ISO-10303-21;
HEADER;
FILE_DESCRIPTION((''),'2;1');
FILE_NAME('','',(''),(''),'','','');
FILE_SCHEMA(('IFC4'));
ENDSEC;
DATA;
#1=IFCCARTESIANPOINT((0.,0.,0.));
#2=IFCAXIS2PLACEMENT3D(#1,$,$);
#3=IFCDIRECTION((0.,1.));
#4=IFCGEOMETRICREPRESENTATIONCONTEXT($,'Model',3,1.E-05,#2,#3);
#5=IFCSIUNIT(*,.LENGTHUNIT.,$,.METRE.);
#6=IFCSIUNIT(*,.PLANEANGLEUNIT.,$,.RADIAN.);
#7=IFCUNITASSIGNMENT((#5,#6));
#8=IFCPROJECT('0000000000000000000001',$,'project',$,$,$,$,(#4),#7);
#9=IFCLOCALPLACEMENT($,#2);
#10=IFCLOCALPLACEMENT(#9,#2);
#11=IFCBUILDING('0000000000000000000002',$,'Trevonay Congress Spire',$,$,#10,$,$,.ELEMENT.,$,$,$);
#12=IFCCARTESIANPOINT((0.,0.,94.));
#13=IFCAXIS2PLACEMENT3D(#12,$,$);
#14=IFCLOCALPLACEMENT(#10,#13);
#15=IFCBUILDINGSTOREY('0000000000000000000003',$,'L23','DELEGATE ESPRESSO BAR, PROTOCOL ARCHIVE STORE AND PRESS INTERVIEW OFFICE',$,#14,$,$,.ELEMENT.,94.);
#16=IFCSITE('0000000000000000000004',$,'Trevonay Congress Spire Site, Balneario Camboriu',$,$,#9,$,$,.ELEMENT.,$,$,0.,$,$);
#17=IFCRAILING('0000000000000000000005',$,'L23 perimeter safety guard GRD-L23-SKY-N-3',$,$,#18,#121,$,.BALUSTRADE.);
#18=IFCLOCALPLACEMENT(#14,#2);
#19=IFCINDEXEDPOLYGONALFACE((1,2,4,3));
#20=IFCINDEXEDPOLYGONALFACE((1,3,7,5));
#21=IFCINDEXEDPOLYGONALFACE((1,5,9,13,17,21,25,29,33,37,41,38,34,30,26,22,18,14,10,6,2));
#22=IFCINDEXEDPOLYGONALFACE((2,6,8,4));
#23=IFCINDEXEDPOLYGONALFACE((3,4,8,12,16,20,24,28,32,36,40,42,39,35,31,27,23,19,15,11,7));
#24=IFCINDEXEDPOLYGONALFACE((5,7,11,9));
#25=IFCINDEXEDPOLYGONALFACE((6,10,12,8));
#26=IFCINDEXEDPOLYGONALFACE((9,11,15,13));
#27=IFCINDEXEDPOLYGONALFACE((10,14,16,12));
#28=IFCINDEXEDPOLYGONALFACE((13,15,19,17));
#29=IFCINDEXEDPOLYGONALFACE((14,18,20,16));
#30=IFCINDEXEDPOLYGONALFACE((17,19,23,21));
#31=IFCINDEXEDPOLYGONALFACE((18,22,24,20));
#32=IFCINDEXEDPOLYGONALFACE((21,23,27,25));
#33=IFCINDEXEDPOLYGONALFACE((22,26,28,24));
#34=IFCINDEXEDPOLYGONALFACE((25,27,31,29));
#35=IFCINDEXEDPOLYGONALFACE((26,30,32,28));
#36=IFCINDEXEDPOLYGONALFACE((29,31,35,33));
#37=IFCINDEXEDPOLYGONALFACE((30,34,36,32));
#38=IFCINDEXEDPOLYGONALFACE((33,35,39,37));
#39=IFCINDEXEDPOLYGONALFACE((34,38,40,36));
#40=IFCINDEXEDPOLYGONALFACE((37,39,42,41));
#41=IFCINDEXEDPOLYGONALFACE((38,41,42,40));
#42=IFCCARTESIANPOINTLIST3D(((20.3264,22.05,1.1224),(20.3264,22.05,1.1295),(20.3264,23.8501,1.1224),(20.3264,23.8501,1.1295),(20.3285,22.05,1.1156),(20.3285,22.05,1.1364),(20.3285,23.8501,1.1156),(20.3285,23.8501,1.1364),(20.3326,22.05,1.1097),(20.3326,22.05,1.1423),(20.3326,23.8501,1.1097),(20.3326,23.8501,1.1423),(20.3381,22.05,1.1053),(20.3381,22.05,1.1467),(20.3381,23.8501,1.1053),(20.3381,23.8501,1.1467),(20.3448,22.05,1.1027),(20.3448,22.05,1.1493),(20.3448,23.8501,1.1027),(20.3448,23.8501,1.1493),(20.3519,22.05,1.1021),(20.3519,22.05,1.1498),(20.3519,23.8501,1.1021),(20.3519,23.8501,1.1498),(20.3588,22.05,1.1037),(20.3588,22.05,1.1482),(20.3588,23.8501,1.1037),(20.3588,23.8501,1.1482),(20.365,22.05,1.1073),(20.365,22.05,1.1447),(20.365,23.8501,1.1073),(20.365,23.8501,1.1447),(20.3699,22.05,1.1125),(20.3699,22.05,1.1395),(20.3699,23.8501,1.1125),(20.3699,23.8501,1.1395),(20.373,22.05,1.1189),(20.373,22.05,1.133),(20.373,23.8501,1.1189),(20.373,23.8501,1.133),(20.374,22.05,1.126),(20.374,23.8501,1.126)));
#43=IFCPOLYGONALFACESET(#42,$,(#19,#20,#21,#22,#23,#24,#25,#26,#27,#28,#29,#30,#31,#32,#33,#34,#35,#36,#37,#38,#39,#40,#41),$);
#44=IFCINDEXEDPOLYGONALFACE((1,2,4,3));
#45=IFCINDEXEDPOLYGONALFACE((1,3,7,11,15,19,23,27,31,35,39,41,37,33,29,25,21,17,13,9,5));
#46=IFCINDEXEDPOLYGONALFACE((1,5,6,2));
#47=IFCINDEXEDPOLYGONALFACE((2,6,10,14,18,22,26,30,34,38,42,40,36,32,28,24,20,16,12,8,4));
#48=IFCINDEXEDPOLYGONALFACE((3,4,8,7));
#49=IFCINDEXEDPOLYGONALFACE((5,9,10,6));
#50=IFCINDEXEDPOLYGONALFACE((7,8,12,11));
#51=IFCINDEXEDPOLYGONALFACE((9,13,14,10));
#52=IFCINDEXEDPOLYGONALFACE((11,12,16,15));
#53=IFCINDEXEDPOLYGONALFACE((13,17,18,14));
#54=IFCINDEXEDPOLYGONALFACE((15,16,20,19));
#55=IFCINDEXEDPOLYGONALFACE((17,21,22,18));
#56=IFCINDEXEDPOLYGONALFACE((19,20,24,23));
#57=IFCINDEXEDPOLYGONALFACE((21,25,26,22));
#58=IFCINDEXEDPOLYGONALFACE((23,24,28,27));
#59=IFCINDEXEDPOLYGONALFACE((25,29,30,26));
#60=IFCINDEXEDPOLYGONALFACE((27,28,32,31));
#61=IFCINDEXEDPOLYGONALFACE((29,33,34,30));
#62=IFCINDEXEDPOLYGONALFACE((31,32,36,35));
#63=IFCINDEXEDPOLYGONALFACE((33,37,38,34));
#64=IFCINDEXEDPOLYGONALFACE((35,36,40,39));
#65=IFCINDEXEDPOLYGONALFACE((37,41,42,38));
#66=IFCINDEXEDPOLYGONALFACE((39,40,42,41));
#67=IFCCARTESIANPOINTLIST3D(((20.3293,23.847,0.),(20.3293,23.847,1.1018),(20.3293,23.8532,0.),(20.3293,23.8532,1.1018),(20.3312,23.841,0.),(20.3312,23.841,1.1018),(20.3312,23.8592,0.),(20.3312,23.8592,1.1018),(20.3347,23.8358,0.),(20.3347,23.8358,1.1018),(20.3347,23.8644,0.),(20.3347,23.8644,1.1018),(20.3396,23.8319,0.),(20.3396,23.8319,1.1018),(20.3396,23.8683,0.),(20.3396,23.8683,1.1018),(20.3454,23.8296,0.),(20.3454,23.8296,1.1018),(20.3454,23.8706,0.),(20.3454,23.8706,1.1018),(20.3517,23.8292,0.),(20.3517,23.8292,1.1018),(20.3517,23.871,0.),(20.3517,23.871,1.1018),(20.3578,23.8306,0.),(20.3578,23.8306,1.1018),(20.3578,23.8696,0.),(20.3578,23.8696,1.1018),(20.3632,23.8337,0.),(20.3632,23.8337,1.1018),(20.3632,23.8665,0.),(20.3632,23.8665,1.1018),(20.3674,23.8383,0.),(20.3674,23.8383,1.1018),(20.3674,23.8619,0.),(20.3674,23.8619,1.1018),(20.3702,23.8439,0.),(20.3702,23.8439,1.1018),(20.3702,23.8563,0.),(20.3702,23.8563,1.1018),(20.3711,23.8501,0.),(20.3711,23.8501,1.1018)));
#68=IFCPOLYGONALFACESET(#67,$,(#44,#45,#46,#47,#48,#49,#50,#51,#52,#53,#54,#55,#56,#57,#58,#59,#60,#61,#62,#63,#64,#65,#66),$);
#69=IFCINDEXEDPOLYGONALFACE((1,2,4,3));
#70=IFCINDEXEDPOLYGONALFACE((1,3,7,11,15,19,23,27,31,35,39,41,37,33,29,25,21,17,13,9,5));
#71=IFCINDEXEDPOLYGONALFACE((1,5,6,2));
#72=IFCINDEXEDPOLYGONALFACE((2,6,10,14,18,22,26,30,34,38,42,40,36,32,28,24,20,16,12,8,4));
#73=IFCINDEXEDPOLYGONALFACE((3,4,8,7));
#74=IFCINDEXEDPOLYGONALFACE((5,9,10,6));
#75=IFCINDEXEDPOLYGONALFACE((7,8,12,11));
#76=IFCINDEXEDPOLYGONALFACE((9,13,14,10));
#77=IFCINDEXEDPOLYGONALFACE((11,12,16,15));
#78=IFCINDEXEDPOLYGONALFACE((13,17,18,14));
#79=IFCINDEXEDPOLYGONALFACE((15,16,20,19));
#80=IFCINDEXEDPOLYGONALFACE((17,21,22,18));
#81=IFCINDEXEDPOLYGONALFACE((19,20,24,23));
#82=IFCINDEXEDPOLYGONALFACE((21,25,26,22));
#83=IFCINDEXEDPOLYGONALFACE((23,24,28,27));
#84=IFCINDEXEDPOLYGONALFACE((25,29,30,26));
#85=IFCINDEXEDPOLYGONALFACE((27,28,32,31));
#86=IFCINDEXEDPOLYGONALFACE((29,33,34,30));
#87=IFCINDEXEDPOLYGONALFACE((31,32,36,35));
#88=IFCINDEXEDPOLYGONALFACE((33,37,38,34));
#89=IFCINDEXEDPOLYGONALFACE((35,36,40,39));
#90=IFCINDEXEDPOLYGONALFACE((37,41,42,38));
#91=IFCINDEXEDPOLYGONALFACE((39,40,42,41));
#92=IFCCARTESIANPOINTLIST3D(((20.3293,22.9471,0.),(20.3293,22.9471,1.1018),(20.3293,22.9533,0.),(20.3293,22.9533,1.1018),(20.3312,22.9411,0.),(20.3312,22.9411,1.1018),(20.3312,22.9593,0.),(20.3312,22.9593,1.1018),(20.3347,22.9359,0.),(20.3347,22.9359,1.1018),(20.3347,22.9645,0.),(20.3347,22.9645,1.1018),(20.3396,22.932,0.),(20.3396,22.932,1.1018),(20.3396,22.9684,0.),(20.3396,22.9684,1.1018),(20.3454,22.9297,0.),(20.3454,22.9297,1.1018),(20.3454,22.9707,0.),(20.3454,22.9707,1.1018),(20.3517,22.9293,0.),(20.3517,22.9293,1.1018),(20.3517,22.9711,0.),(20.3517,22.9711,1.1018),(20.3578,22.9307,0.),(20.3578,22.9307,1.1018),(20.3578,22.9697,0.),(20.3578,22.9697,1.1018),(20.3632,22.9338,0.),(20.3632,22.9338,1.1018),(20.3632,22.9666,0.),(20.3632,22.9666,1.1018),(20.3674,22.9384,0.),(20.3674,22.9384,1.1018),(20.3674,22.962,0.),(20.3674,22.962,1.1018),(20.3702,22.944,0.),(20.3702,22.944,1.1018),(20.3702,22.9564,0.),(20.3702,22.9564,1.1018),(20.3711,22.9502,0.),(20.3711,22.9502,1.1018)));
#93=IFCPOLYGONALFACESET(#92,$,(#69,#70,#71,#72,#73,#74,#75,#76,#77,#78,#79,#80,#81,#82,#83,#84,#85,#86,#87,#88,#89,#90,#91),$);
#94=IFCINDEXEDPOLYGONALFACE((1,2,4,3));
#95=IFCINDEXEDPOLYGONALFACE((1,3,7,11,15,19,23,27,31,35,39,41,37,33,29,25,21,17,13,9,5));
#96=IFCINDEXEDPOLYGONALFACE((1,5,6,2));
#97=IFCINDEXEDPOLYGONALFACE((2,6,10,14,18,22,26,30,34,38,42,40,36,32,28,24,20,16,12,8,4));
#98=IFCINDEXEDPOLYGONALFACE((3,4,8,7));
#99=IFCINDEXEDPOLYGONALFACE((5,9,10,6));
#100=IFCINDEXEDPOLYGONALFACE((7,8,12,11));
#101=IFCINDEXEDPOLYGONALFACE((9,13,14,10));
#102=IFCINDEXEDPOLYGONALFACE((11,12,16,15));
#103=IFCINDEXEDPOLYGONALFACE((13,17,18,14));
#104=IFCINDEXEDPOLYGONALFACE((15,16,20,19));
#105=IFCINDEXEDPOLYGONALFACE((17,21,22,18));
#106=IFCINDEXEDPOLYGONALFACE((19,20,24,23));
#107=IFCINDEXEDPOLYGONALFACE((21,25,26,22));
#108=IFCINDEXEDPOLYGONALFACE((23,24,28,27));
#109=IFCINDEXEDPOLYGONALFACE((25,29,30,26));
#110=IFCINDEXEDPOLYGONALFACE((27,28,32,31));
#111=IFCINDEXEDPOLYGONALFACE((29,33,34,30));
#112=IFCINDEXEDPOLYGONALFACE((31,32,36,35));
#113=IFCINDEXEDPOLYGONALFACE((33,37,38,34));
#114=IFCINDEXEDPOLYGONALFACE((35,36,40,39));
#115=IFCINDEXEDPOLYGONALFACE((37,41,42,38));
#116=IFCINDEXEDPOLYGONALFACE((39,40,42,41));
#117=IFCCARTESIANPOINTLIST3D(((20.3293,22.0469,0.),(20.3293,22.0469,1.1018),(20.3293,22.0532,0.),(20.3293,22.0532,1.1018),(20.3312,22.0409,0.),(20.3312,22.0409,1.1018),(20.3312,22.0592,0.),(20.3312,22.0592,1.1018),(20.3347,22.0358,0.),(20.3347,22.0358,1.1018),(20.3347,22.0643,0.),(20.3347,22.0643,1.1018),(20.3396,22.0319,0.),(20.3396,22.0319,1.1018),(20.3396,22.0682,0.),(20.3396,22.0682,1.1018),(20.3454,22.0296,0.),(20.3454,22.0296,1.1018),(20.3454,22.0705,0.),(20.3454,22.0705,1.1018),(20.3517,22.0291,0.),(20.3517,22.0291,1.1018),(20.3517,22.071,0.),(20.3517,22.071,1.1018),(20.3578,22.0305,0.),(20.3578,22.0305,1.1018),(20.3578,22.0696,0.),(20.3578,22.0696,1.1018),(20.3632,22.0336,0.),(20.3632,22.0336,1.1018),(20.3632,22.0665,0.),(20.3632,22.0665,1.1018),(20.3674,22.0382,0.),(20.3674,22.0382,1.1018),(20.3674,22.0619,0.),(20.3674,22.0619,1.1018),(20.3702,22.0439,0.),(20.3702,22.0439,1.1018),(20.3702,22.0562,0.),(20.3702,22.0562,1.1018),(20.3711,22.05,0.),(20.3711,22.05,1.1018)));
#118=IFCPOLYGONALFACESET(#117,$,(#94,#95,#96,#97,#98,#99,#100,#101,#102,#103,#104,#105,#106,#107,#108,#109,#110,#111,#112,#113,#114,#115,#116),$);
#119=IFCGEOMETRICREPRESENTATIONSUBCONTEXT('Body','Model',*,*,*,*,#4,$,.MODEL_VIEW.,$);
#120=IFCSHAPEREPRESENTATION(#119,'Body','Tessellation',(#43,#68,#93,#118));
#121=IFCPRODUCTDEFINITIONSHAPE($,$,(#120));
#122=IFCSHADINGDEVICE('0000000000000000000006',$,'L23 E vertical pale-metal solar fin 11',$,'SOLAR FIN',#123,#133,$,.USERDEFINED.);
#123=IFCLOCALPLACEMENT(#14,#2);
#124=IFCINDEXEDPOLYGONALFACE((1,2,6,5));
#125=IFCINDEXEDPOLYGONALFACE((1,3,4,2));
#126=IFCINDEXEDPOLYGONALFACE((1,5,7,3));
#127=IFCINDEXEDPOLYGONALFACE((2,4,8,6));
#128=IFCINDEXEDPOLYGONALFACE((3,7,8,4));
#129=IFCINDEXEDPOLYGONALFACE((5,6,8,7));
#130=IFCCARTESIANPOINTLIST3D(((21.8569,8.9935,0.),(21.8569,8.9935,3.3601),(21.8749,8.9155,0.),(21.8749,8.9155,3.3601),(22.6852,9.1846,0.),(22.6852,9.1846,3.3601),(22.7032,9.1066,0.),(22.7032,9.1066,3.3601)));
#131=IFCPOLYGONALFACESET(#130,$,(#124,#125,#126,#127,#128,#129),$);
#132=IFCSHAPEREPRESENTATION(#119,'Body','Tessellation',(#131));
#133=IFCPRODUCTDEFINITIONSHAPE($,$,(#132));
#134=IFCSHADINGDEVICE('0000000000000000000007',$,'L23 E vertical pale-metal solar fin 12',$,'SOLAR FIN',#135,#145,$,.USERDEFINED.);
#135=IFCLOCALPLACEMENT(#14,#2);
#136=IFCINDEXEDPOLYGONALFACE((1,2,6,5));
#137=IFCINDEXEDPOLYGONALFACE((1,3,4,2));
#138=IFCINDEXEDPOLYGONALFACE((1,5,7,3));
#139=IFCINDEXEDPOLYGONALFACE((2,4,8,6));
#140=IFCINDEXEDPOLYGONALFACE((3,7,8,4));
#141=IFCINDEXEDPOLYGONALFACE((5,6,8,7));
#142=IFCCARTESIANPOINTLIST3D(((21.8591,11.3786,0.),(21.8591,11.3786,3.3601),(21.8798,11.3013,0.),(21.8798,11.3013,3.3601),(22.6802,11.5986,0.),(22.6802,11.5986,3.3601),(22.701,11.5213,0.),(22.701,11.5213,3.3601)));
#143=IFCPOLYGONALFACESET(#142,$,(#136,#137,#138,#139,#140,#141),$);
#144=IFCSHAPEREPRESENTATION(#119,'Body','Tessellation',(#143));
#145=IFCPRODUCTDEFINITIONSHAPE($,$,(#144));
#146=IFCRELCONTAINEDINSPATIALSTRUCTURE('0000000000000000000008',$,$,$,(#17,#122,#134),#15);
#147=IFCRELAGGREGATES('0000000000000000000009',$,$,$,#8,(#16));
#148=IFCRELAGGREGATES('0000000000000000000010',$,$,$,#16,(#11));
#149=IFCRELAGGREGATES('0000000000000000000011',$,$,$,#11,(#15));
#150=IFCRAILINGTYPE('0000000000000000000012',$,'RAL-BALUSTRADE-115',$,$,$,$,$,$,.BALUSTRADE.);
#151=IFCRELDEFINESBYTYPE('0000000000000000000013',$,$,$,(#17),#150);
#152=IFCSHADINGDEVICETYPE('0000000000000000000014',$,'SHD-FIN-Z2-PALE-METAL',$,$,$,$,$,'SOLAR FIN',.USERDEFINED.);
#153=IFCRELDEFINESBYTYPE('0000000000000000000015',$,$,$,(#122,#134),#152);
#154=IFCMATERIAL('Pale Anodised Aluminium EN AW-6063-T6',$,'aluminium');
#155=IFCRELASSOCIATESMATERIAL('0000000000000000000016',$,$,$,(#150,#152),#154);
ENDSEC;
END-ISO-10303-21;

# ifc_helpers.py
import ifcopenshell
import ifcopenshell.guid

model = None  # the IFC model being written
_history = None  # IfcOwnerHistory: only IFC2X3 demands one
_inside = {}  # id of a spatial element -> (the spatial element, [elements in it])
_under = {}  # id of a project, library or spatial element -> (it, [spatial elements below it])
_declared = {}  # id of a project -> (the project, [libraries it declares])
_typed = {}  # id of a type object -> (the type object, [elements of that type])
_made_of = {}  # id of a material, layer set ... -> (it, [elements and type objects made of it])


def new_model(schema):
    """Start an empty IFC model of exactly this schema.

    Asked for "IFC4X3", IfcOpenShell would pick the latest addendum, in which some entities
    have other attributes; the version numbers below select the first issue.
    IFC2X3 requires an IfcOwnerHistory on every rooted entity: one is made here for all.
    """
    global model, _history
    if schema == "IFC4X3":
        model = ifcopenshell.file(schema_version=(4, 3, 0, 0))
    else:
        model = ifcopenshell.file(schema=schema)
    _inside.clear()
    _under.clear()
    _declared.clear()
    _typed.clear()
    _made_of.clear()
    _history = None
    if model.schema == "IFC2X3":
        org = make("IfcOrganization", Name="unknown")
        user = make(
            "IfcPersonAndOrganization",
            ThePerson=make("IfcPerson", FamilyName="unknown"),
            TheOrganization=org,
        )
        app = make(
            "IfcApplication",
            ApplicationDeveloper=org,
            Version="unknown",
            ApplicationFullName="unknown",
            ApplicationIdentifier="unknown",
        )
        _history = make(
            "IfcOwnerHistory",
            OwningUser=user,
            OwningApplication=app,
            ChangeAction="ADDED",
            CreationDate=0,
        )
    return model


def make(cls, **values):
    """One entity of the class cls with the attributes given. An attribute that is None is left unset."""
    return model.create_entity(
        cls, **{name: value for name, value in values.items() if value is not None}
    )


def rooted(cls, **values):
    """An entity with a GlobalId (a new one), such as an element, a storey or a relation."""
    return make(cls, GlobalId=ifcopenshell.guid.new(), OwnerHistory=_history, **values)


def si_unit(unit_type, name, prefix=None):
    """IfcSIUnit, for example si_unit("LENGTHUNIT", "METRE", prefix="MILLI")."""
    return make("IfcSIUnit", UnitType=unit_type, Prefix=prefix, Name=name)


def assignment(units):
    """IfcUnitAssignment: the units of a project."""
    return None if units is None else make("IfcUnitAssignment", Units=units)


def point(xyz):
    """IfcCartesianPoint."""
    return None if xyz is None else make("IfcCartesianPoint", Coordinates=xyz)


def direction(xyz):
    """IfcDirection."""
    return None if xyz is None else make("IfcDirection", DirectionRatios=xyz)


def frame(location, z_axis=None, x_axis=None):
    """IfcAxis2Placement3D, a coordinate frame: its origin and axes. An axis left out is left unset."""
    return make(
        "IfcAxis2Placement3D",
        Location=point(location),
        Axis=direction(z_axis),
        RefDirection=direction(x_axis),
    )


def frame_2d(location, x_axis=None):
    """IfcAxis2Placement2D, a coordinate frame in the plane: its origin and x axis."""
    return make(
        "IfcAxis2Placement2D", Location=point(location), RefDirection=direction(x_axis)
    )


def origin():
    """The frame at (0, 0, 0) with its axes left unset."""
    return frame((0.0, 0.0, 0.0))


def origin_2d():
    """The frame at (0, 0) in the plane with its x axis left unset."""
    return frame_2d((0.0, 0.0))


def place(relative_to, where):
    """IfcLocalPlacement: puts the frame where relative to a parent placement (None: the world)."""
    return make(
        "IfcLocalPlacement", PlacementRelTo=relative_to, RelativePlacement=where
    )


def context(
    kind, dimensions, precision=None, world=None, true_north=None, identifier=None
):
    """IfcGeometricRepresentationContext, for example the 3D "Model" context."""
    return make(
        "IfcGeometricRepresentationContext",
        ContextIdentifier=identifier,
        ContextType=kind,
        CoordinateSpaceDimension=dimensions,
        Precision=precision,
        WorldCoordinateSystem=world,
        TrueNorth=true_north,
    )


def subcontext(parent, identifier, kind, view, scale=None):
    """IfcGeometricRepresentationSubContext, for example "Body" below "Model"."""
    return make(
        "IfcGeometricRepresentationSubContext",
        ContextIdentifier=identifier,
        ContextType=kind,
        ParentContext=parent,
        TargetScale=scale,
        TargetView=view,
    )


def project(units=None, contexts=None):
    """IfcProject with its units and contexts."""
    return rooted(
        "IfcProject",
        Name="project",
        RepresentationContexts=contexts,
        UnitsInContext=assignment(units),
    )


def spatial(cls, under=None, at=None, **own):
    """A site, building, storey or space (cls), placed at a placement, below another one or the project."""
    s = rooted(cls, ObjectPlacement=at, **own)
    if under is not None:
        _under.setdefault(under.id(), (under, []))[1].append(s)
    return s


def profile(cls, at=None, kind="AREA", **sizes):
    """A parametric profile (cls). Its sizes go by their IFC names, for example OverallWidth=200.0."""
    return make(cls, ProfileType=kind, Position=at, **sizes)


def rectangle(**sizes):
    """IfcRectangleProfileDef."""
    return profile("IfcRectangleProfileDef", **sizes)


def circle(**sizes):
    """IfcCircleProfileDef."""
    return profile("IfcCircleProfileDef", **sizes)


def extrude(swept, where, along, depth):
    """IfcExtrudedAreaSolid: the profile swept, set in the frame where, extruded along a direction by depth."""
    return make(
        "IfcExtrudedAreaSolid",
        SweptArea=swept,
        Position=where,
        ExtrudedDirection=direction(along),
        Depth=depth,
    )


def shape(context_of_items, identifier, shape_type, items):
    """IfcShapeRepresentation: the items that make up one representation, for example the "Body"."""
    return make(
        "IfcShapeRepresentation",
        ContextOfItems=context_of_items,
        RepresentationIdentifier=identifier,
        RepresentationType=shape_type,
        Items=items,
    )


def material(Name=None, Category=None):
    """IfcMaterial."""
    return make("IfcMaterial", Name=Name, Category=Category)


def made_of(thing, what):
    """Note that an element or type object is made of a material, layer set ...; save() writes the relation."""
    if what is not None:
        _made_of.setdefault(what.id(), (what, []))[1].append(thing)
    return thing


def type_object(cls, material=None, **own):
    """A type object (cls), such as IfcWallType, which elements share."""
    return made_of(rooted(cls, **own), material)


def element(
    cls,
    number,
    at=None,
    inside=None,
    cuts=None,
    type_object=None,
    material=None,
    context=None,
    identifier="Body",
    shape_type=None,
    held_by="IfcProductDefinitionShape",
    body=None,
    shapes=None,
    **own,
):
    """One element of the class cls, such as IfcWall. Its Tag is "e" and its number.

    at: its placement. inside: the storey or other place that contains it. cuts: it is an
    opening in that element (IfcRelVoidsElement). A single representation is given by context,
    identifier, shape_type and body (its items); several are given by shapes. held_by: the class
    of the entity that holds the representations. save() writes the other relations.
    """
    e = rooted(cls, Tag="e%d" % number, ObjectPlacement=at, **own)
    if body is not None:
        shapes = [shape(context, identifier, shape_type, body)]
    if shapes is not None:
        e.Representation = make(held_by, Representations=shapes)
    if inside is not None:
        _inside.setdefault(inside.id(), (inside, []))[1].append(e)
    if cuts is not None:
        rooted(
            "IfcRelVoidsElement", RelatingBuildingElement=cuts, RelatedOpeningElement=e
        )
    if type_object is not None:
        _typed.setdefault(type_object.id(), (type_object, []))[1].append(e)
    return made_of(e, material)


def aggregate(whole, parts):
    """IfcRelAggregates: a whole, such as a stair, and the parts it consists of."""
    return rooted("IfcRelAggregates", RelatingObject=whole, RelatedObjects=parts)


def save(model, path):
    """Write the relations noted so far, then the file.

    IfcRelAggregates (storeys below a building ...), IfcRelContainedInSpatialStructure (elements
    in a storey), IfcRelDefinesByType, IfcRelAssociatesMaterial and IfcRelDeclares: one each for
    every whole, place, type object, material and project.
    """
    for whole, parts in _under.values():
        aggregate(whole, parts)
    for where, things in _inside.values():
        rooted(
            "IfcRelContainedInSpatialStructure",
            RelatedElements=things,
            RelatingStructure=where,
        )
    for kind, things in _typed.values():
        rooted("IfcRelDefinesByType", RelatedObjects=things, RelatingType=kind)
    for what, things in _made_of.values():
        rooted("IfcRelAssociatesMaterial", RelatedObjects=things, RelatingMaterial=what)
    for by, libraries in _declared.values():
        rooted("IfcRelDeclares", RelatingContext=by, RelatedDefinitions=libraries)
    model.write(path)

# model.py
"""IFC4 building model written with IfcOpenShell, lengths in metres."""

from ifc_helpers import new_model, si_unit, direction, frame, origin, origin_2d, place, context, subcontext, project, spatial, rectangle, circle, extrude, material, type_object, element, save


model = new_model("IFC4")

# Units and contexts
model_context = context("Model", 3, precision=1e-05, world=origin(), true_north=direction((0.0, 1.0)))
body_context = subcontext(model_context, "Body", "Model", "MODEL_VIEW")
ifc_project = project(units=[si_unit("LENGTHUNIT", "METRE"), si_unit("PLANEANGLEUNIT", "RADIAN")], contexts=[model_context])

# Site, building, storey
site_placement = place(None, origin())
site = spatial("IfcSite", under=ifc_project, at=site_placement, Name="Trevonay Congress Spire Site, Balneario Camboriu", CompositionType="ELEMENT", RefElevation=0.0)
building_placement = place(site_placement, origin())
building = spatial("IfcBuilding", under=site, at=building_placement, Name="Trevonay Congress Spire", CompositionType="ELEMENT")
storey_placement = place(building_placement, frame((0.0, 0.0, 94.0)))
storey = spatial("IfcBuildingStorey", under=building, at=storey_placement, Name="L23", Description="DELEGATE ESPRESSO BAR, PROTOCOL ARCHIVE STORE AND PRESS INTERVIEW OFFICE", CompositionType="ELEMENT", Elevation=94.0)

# Shared definitions
ifc_material_1 = material(Name="Pale Anodised Aluminium EN AW-6063-T6", Category="aluminium")

# Railing
railing_type = type_object("IfcRailingType", Name="RAL-BALUSTRADE-115", PredefinedType="BALUSTRADE", material=ifc_material_1)
railing_placement = place(storey_placement, frame((20.3501, 23.8501, 0.0)))
element("IfcRailing", 1, at=railing_placement, inside=storey, type_object=railing_type, Name="L23 perimeter safety guard GRD-L23-SKY-N-3", PredefinedType="BALUSTRADE", context=body_context, shape_type="SweptSolid", body=[
    extrude(circle(Radius=0.0239, at=origin_2d()), frame((0.0, 0.0, 1.126), z_axis=(0.0, -1.0, 0.0), x_axis=(1.0, 0.0, 0.0)), (0.0, 0.0, 1.0), 1.8),
    extrude(circle(Radius=0.021, at=origin_2d()), origin(), (0.0, 0.0, 1.0), 1.1018),
    extrude(circle(Radius=0.021, at=origin_2d()), frame((0.0, -0.8999, 0.0)), (0.0, 0.0, 1.0), 1.1018),
    extrude(circle(Radius=0.021, at=origin_2d()), frame((0.0, -1.8, 0.0)), (0.0, 0.0, 1.0), 1.1018),
])

# Shading devices
shading_device_type = type_object("IfcShadingDeviceType", Name="SHD-FIN-Z2-PALE-METAL", ElementType="SOLAR FIN", PredefinedType="USERDEFINED", material=ifc_material_1)
for number, where, z_axis, x_axis, name in (
    (2, (22.28, 9.05, 0.0), (0.0, 0.0, 1.0), (-0.224781, 0.974409, 0.0), "L23 E vertical pale-metal solar fin 11"),
    (3, (22.28, 11.45, 0.0), (0.0, 0.0, 1.0), (-0.258819, 0.965926, 0.0), "L23 E vertical pale-metal solar fin 12"),
):
    element("IfcShadingDevice", number, at=place(storey_placement, frame(where, z_axis=z_axis, x_axis=x_axis)), inside=storey, type_object=shading_device_type, Name=name, ObjectType="SOLAR FIN", PredefinedType="USERDEFINED", context=body_context, shape_type="SweptSolid", body=[
        extrude(rectangle(XDim=0.0801, YDim=0.8501, at=origin_2d()), origin(), (0.0, 0.0, 1.0), 3.3601),
    ])

save(model, "model.ifc")
